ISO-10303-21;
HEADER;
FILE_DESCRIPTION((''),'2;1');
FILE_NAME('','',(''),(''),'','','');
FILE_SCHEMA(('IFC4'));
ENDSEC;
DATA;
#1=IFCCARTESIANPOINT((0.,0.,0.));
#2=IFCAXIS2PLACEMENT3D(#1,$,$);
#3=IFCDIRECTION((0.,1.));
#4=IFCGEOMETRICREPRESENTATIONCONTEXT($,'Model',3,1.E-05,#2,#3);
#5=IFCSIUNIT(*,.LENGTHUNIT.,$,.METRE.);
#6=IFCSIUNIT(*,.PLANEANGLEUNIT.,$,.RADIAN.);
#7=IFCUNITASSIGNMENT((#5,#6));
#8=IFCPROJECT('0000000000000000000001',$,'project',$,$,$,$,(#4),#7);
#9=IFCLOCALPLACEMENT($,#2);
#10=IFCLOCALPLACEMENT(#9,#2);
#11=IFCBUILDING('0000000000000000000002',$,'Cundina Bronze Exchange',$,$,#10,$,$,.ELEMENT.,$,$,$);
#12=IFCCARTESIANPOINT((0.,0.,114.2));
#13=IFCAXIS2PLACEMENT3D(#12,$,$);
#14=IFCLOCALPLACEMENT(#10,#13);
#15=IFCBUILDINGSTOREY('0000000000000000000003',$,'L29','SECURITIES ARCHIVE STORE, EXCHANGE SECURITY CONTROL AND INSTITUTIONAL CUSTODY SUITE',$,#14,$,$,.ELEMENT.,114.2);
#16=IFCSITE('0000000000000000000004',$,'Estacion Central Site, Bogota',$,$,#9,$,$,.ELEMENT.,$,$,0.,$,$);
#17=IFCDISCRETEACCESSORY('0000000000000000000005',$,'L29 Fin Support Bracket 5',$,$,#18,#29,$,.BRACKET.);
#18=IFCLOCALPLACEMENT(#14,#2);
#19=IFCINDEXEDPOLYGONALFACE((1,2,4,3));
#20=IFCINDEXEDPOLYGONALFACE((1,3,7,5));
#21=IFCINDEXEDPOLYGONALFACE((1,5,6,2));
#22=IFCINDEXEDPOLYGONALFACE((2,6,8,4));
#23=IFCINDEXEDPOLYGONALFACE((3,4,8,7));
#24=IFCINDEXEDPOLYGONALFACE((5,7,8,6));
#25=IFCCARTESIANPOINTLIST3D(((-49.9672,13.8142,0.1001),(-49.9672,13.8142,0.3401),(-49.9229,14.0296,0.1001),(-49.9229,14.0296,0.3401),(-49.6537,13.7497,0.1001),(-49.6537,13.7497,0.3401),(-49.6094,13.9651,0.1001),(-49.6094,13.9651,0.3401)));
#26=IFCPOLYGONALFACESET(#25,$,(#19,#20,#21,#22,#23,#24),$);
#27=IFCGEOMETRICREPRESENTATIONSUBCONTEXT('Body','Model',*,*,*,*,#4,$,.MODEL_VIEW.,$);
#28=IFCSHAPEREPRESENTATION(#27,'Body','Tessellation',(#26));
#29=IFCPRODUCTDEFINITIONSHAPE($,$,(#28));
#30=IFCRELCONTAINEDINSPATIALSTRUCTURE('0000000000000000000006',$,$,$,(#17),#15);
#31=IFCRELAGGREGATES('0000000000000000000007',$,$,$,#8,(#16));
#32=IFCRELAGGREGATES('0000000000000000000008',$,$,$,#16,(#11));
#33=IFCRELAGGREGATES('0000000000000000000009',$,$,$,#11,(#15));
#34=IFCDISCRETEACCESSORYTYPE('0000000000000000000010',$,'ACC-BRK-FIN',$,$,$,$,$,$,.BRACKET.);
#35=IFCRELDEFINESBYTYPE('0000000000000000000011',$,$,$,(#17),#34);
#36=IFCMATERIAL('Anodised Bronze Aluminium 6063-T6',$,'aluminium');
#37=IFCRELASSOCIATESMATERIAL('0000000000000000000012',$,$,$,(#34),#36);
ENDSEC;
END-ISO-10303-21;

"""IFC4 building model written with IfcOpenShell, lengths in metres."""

from ifc_helpers import new_model, si_unit, direction, frame, origin, origin_2d, place, context, subcontext, project, spatial, rectangle, extrude, material, type_object, element, save


model = new_model("IFC4")

# Units and contexts
model_context = context("Model", 3, precision=1e-05, world=origin(), true_north=direction((0.0, 1.0)))
body_context = subcontext(model_context, "Body", "Model", "MODEL_VIEW")
ifc_project = project(units=[si_unit("LENGTHUNIT", "METRE"), si_unit("PLANEANGLEUNIT", "RADIAN")], contexts=[model_context])

# Site, building, storey
site_placement = place(None, origin())
site = spatial("IfcSite", under=ifc_project, at=site_placement, Name="Estacion Central Site, Bogota", CompositionType="ELEMENT", RefElevation=0.0)
building_placement = place(site_placement, origin())
building = spatial("IfcBuilding", under=site, at=building_placement, Name="Cundina Bronze Exchange", CompositionType="ELEMENT")
storey_placement = place(building_placement, frame((0.0, 0.0, 114.2)))
storey = spatial("IfcBuildingStorey", under=building, at=storey_placement, Name="L29", Description="SECURITIES ARCHIVE STORE, EXCHANGE SECURITY CONTROL AND INSTITUTIONAL CUSTODY SUITE", CompositionType="ELEMENT", Elevation=114.2)

# Shared definitions
ifc_material_1 = material(Name="Anodised Bronze Aluminium 6063-T6", Category="aluminium")

# Discrete accessory
discrete_accessory_type = type_object("IfcDiscreteAccessoryType", Name="ACC-BRK-FIN", PredefinedType="BRACKET", material=ifc_material_1)
discrete_accessory_placement = place(storey_placement, frame((-49.7883, 13.8896, 0.1001), z_axis=(0.0, 0.0, 1.0), x_axis=(-0.20142, -0.979505, 0.0)))
element("IfcDiscreteAccessory", 1, at=discrete_accessory_placement, inside=storey, type_object=discrete_accessory_type, Name="L29 Fin Support Bracket 5", PredefinedType="BRACKET", context=body_context, shape_type="SweptSolid", body=[
    extrude(rectangle(XDim=0.22, YDim=0.3201, at=origin_2d()), origin(), (0.0, 0.0, 1.0), 0.24),
])

save(model, "model.ifc")
